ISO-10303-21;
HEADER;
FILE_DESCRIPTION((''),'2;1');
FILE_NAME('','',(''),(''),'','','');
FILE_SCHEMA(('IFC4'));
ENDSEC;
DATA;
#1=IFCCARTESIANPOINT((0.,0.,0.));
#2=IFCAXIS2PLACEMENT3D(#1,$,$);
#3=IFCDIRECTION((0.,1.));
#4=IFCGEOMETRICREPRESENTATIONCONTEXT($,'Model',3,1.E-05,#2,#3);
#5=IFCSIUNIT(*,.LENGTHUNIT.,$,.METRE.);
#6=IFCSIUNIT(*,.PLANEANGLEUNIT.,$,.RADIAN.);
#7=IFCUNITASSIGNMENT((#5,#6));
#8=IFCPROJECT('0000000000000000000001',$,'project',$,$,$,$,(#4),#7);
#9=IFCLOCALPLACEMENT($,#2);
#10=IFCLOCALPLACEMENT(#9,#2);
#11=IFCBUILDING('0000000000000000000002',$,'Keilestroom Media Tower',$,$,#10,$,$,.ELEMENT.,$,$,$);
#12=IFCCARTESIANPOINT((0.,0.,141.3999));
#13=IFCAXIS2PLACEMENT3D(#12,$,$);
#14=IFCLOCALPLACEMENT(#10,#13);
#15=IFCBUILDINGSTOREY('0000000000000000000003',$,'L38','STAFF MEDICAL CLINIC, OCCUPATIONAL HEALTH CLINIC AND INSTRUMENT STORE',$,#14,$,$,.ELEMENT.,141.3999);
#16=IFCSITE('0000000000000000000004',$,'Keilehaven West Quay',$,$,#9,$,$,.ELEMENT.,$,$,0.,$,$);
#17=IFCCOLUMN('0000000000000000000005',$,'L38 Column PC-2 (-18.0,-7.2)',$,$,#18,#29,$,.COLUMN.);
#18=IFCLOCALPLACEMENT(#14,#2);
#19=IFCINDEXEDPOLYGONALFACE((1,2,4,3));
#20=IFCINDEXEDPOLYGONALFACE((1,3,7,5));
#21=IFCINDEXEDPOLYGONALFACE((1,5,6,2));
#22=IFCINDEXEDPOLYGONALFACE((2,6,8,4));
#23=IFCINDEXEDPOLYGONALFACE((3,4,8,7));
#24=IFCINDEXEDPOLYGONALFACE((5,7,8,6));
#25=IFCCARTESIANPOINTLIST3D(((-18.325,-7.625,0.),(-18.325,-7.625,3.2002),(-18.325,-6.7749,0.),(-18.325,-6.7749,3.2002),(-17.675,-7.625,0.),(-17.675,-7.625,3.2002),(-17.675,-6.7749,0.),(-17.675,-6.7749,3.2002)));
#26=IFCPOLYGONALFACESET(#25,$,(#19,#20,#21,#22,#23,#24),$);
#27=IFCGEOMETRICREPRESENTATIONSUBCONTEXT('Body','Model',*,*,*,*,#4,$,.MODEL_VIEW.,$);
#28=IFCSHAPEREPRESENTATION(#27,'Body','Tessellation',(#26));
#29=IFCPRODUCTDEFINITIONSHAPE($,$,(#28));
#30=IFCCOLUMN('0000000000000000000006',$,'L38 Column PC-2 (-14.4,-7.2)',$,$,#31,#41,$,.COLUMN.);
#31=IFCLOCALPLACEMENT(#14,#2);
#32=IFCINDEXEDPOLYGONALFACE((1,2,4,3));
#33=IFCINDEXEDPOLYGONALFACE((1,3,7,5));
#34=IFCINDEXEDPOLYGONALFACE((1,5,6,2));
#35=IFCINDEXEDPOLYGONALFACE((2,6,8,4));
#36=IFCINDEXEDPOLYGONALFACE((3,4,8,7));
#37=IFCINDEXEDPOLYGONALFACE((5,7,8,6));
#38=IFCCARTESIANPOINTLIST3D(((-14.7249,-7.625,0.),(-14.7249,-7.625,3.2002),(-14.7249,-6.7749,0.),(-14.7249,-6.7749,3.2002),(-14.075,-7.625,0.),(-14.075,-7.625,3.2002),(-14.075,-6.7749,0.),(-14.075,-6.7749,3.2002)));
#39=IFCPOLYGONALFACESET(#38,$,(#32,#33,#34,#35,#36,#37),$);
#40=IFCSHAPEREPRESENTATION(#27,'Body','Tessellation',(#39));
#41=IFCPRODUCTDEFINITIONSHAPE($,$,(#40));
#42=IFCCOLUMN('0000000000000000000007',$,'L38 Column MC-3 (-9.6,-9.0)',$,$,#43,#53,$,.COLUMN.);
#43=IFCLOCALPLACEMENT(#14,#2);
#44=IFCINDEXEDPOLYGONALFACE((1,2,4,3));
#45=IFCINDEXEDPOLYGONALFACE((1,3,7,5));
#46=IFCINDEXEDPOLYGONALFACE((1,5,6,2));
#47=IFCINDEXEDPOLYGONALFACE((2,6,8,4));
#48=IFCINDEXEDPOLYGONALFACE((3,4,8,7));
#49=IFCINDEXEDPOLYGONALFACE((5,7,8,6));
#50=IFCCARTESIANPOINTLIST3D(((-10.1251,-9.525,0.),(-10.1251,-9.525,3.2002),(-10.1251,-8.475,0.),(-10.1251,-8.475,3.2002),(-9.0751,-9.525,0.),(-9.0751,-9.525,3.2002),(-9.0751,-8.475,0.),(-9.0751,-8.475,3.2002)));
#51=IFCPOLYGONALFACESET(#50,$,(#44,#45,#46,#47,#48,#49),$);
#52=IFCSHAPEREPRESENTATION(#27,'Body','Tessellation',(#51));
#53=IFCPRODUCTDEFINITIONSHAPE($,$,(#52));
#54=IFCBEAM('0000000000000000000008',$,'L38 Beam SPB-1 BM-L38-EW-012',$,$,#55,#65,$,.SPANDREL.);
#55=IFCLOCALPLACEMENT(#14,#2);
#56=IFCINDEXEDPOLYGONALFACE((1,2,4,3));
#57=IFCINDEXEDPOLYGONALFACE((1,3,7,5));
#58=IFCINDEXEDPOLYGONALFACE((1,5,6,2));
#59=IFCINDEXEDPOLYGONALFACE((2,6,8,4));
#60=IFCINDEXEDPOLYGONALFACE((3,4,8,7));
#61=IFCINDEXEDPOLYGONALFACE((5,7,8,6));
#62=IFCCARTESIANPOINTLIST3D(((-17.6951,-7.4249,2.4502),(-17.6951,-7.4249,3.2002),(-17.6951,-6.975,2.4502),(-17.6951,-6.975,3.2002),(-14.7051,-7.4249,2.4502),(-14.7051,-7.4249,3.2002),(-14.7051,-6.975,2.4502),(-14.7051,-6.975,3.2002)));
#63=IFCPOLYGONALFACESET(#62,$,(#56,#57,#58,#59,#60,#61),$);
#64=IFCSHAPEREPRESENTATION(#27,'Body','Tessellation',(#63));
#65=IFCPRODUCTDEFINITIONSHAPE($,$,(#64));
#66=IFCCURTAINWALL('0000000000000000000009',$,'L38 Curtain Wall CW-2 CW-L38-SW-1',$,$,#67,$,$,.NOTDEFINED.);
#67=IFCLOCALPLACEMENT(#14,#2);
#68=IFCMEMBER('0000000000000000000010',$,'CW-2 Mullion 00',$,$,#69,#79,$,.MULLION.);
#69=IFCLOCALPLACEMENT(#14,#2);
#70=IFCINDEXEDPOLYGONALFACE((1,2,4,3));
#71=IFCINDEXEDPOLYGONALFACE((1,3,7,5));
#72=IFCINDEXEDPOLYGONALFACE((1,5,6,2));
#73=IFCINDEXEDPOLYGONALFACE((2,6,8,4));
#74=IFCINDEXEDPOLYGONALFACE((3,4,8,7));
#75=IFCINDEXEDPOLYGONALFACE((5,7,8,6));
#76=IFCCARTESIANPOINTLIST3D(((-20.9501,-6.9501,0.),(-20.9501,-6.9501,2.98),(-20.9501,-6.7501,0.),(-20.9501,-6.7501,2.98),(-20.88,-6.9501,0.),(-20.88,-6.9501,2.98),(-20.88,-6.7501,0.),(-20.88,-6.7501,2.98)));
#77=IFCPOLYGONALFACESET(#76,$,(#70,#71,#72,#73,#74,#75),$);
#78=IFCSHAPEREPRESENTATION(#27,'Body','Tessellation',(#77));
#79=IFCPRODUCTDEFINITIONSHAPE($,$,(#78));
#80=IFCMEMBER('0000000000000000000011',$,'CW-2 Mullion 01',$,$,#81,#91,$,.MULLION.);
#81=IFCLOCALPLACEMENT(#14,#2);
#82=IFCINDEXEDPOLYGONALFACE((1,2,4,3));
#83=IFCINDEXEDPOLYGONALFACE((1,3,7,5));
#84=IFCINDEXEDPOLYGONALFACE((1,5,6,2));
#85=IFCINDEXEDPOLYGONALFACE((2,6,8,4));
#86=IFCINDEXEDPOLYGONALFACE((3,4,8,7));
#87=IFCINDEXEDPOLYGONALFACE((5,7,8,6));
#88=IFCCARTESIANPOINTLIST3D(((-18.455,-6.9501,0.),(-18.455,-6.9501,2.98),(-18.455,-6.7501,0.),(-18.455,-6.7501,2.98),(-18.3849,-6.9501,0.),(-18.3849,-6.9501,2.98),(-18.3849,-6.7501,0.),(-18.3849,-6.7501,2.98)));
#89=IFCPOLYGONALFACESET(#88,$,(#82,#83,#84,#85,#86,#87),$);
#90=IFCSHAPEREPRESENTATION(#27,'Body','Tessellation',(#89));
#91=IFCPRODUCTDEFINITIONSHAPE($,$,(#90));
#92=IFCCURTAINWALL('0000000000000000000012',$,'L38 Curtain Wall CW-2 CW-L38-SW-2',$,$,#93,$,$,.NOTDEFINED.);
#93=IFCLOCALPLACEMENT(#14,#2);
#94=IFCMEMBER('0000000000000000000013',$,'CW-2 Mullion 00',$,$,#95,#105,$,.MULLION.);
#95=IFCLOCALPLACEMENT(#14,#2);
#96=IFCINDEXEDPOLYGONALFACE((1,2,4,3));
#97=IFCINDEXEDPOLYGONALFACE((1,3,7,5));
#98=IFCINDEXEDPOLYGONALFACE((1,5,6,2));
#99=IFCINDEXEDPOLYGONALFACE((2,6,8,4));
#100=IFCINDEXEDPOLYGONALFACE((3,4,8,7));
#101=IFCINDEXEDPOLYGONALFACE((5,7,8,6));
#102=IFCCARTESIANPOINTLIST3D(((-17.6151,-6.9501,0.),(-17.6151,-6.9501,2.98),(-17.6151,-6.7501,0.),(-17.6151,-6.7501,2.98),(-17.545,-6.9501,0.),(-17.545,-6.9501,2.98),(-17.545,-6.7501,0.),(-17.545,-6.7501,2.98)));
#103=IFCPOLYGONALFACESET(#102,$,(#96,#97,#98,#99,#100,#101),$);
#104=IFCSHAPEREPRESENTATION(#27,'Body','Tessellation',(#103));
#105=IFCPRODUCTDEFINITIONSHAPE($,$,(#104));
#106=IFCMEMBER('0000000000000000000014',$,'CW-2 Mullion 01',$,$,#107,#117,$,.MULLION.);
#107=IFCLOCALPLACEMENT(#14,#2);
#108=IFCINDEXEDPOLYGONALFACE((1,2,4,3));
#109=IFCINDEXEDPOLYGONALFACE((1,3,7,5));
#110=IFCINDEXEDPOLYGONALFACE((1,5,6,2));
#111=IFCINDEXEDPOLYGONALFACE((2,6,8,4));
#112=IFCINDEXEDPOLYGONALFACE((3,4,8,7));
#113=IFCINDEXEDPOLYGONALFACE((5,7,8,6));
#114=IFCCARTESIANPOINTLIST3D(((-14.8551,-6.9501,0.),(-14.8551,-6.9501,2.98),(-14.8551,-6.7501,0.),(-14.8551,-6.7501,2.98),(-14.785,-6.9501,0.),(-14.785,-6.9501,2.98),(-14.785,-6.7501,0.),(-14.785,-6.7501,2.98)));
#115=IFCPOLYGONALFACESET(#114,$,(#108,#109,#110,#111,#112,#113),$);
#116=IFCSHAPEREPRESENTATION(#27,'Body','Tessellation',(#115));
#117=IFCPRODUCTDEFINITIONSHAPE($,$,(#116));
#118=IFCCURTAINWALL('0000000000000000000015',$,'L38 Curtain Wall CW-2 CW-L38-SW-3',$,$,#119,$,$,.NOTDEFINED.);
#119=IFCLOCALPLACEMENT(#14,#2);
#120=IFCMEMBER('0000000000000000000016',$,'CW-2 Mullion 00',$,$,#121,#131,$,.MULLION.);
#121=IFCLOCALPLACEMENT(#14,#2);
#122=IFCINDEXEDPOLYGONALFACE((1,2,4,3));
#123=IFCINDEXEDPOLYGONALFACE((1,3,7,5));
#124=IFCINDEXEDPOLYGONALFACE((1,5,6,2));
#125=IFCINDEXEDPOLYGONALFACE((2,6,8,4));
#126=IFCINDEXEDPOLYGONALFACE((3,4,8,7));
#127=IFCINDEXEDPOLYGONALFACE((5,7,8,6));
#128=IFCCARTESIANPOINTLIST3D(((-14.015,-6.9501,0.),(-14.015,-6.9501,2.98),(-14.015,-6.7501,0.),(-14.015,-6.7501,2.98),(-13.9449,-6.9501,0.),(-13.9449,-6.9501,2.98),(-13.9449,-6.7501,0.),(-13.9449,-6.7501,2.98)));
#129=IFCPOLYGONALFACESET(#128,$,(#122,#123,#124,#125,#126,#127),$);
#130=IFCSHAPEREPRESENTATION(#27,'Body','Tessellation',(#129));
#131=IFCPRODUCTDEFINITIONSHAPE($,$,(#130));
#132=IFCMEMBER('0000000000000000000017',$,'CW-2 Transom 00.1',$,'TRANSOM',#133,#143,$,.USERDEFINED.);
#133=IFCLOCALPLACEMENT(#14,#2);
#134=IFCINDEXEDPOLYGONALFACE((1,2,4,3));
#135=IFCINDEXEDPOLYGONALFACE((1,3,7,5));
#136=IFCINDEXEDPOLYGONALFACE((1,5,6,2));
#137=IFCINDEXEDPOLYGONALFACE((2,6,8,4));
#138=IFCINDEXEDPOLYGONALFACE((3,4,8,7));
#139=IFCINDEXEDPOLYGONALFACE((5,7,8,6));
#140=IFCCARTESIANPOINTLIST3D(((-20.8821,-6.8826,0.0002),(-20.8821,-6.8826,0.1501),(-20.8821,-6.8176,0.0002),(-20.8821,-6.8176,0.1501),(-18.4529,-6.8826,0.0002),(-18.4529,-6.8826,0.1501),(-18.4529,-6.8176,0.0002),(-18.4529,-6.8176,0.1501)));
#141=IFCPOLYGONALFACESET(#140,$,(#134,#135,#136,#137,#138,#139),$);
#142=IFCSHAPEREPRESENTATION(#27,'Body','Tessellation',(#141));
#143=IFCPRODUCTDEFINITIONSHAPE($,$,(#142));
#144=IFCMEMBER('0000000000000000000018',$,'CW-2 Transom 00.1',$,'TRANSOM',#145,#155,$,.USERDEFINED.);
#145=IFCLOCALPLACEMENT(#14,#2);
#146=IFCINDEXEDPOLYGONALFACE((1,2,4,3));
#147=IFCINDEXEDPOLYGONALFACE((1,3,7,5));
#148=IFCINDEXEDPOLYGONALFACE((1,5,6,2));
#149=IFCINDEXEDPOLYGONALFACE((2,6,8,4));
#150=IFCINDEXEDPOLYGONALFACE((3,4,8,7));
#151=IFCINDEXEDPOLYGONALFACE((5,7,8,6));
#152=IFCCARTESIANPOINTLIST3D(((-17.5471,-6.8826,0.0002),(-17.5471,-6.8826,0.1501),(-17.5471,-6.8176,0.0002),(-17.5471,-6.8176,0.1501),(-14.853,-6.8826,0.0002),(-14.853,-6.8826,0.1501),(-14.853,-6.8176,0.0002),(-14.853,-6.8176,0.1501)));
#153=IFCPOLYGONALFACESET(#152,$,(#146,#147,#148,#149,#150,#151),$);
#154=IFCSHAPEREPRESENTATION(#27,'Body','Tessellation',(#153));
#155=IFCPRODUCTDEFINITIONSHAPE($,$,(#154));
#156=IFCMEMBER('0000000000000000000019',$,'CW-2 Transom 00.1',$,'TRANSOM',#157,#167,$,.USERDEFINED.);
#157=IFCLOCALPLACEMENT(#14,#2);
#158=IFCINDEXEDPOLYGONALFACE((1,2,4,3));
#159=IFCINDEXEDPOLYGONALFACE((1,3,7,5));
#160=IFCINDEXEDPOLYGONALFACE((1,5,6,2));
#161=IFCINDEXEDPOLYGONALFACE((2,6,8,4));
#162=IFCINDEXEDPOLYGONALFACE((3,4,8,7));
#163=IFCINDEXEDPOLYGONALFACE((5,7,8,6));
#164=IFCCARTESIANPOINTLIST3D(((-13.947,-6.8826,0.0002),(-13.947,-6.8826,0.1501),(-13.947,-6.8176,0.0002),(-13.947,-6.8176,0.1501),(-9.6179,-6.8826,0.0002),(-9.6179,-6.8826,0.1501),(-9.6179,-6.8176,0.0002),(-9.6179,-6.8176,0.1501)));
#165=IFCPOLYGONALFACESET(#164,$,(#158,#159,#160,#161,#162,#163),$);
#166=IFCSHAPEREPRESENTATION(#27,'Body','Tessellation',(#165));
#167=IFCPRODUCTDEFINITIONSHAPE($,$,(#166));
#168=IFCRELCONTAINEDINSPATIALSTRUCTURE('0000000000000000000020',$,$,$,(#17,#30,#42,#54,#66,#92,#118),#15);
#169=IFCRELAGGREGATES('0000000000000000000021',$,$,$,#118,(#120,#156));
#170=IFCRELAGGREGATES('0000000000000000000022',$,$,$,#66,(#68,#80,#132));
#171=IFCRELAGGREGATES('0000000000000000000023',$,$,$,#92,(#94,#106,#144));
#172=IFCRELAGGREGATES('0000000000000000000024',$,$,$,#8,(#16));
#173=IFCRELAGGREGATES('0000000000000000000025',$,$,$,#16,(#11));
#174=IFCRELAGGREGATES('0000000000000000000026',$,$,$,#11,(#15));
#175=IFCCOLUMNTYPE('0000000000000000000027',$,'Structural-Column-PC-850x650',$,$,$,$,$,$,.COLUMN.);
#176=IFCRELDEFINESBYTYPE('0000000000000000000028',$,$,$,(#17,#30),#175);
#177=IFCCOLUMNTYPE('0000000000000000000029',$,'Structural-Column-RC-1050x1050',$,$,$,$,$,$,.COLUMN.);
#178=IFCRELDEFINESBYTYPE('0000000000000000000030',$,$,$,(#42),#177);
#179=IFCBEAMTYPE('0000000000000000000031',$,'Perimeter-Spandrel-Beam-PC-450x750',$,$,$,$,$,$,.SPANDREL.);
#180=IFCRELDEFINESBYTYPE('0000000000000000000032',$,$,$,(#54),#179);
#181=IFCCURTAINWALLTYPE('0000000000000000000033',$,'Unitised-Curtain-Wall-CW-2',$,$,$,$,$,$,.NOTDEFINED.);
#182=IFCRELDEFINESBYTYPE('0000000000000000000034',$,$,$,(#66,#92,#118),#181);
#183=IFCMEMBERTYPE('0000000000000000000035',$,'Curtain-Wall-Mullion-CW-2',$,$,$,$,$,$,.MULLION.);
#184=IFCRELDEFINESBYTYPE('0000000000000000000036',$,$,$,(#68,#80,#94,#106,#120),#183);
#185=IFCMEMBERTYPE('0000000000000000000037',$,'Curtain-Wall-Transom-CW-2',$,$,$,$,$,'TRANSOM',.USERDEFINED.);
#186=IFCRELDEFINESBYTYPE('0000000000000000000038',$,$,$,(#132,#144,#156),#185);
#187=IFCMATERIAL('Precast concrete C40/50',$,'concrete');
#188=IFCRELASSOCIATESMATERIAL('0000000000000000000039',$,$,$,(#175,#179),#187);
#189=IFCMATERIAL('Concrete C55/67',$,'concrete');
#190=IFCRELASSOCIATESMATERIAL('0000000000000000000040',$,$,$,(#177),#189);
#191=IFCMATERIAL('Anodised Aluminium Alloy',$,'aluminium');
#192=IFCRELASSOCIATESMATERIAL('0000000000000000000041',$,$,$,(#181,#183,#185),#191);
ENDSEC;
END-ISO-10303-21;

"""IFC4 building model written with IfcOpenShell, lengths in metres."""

from ifc_helpers import new_model, si_unit, direction, frame, origin, origin_2d, place, context, subcontext, project, spatial, rectangle, extrude, source, transform, mapped, material, material_profile, profile_set, type_object, element, aggregate, save


model = new_model("IFC4")

# Units and contexts
model_context = context("Model", 3, precision=1e-05, world=origin(), true_north=direction((0.0, 1.0)))
body_context = subcontext(model_context, "Body", "Model", "MODEL_VIEW")
ifc_project = project(units=[si_unit("LENGTHUNIT", "METRE"), si_unit("PLANEANGLEUNIT", "RADIAN")], contexts=[model_context])

# Site, building, storey
site_placement = place(None, origin())
site = spatial("IfcSite", under=ifc_project, at=site_placement, Name="Keilehaven West Quay", CompositionType="ELEMENT", RefElevation=0.0)
building_placement = place(site_placement, origin())
building = spatial("IfcBuilding", under=site, at=building_placement, Name="Keilestroom Media Tower", CompositionType="ELEMENT")
storey_placement = place(building_placement, frame((0.0, 0.0, 141.3999)))
storey = spatial("IfcBuildingStorey", under=building, at=storey_placement, Name="L38", Description="STAFF MEDICAL CLINIC, OCCUPATIONAL HEALTH CLINIC AND INSTRUMENT STORE", CompositionType="ELEMENT", Elevation=141.3999)

# Columns
ifc_material_1 = material(Name="Precast concrete C40/50", Category="concrete")
ifc_material_profile_1 = material_profile(ifc_material_1, rectangle(XDim=0.6499, YDim=0.8501, at=origin_2d()), Name="PC 850x650")
ifc_profile_set_1 = profile_set([ifc_material_profile_1], Name="Precast concrete C40/50")
column_type_1 = type_object("IfcColumnType", Name="Structural-Column-PC-850x650", PredefinedType="COLUMN", material=ifc_profile_set_1)
shared_shape_1 = source(origin(), body_context, "Body", "SweptSolid", [
    extrude(rectangle(XDim=0.6499, YDim=0.8501, at=origin_2d()), origin(), (0.0, 0.0, 1.0), 3.2002),
])
for number, where, z_axis, x_axis, name in (
    (1, (-18.0, -7.2, 0.0), (0.0, 0.0, 1.0), (1.0, 0.0, 0.0), "L38 Column PC-2 (-18.0,-7.2)"),
    (2, (-14.3999, -7.2, 0.0), (0.0, 0.0, 1.0), (1.0, 0.0, 0.0), "L38 Column PC-2 (-14.4,-7.2)"),
):
    element("IfcColumn", number, at=place(storey_placement, frame(where, z_axis=z_axis, x_axis=x_axis)), inside=storey, type_object=column_type_1, Name=name, PredefinedType="COLUMN", context=body_context, shape_type="MappedRepresentation", body=[
        mapped(shared_shape_1, transform((0.0, 0.0, 0.0), x_axis=(1.0, 0.0, 0.0), y_axis=(0.0, 1.0, 0.0), z_axis=(0.0, 0.0, 1.0), scale=1.0)),
    ])
ifc_material_2 = material(Name="Concrete C55/67", Category="concrete")
ifc_material_profile_2 = material_profile(ifc_material_2, rectangle(XDim=1.05, YDim=1.05, at=origin_2d()), Name="RC 1050x1050")
ifc_profile_set_2 = profile_set([ifc_material_profile_2], Name="Concrete C55/67")
column_type_2 = type_object("IfcColumnType", Name="Structural-Column-RC-1050x1050", PredefinedType="COLUMN", material=ifc_profile_set_2)
shared_shape_2 = source(origin(), body_context, "Body", "SweptSolid", [
    extrude(rectangle(XDim=1.05, YDim=1.05, at=origin_2d()), origin(), (0.0, 0.0, 1.0), 3.2002),
])
column_placement = place(storey_placement, frame((-9.6001, -9.0, 0.0), z_axis=(0.0, 0.0, 1.0), x_axis=(1.0, 0.0, 0.0)))
element("IfcColumn", 3, at=column_placement, inside=storey, type_object=column_type_2, Name="L38 Column MC-3 (-9.6,-9.0)", PredefinedType="COLUMN", context=body_context, shape_type="MappedRepresentation", body=[
    mapped(shared_shape_2, transform((0.0, 0.0, 0.0), x_axis=(1.0, 0.0, 0.0), y_axis=(0.0, 1.0, 0.0), z_axis=(0.0, 0.0, 1.0), scale=1.0)),
])

# Beam
ifc_material_profile_3 = material_profile(ifc_material_1, rectangle(XDim=0.45, YDim=0.75, at=origin_2d()), Name="PC 450x750")
ifc_profile_set_3 = profile_set([ifc_material_profile_3], Name="Precast concrete C40/50")
beam_type = type_object("IfcBeamType", Name="Perimeter-Spandrel-Beam-PC-450x750", PredefinedType="SPANDREL", material=ifc_profile_set_3)
shared_shape_3 = source(origin(), body_context, "Body", "SweptSolid", [
    extrude(rectangle(XDim=0.45, YDim=0.75, at=origin_2d()), origin(), (0.0, 0.0, 1.0), 2.99),
])
beam_placement = place(storey_placement, frame((-17.6951, -7.2, 2.8252), z_axis=(1.0, 0.0, 0.0), x_axis=(0.0, 1.0, 0.0)))
element("IfcBeam", 4, at=beam_placement, inside=storey, type_object=beam_type, Name="L38 Beam SPB-1 BM-L38-EW-012", PredefinedType="SPANDREL", context=body_context, shape_type="MappedRepresentation", body=[
    mapped(shared_shape_3, transform((0.0, 0.0, 0.0), x_axis=(1.0, 0.0, 0.0), y_axis=(0.0, 1.0, 0.0), z_axis=(0.0, 0.0, 1.0), scale=1.0)),
])

# Curtain walls, members
ifc_material_3 = material(Name="Anodised Aluminium Alloy", Category="aluminium")
curtain_wall_type = type_object("IfcCurtainWallType", Name="Unitised-Curtain-Wall-CW-2", PredefinedType="NOTDEFINED", material=ifc_material_3)
curtain_wall_1_placement = place(storey_placement, origin())
curtain_wall_1 = element("IfcCurtainWall", 5, at=curtain_wall_1_placement, inside=storey, type_object=curtain_wall_type, Name="L38 Curtain Wall CW-2 CW-L38-SW-1", PredefinedType="NOTDEFINED")
ifc_material_profile_4 = material_profile(ifc_material_3, rectangle(XDim=0.0701, YDim=0.2, at=origin_2d()), Name="ALU MULLION 70x200")
ifc_profile_set_4 = profile_set([ifc_material_profile_4], Name="Anodised Aluminium Alloy")
member_type_1 = type_object("IfcMemberType", Name="Curtain-Wall-Mullion-CW-2", PredefinedType="MULLION", material=ifc_profile_set_4)
shared_shape_4 = source(origin(), body_context, "Body", "SweptSolid", [
    extrude(rectangle(XDim=0.0701, YDim=0.2, at=origin_2d()), origin(), (0.0, 0.0, 1.0), 2.98),
])
member_1_placement = place(storey_placement, frame((-20.915, -6.8501, 0.0), z_axis=(0.0, 0.0, 1.0), x_axis=(1.0, 0.0, 0.0)))
member_1 = element("IfcMember", 6, at=member_1_placement, type_object=member_type_1, Name="CW-2 Mullion 00", PredefinedType="MULLION", context=body_context, shape_type="MappedRepresentation", body=[
    mapped(shared_shape_4, transform((0.0, 0.0, 0.0), x_axis=(1.0, 0.0, 0.0), y_axis=(0.0, 1.0, 0.0), z_axis=(0.0, 0.0, 1.0), scale=1.0)),
])
member_2_placement = place(storey_placement, frame((-18.4199, -6.8501, 0.0), z_axis=(0.0, 0.0, 1.0), x_axis=(1.0, 0.0, 0.0)))
member_2 = element("IfcMember", 7, at=member_2_placement, type_object=member_type_1, Name="CW-2 Mullion 01", PredefinedType="MULLION", context=body_context, shape_type="MappedRepresentation", body=[
    mapped(shared_shape_4, transform((0.0, 0.0, 0.0), x_axis=(1.0, 0.0, 0.0), y_axis=(0.0, 1.0, 0.0), z_axis=(0.0, 0.0, 1.0), scale=1.0)),
])
curtain_wall_2_placement = place(storey_placement, origin())
curtain_wall_2 = element("IfcCurtainWall", 8, at=curtain_wall_2_placement, inside=storey, type_object=curtain_wall_type, Name="L38 Curtain Wall CW-2 CW-L38-SW-2", PredefinedType="NOTDEFINED")
member_3_placement = place(storey_placement, frame((-17.5801, -6.8501, 0.0), z_axis=(0.0, 0.0, 1.0), x_axis=(1.0, 0.0, 0.0)))
member_3 = element("IfcMember", 9, at=member_3_placement, type_object=member_type_1, Name="CW-2 Mullion 00", PredefinedType="MULLION", context=body_context, shape_type="MappedRepresentation", body=[
    mapped(shared_shape_4, transform((0.0, 0.0, 0.0), x_axis=(1.0, 0.0, 0.0), y_axis=(0.0, 1.0, 0.0), z_axis=(0.0, 0.0, 1.0), scale=1.0)),
])
member_4_placement = place(storey_placement, frame((-14.8201, -6.8501, 0.0), z_axis=(0.0, 0.0, 1.0), x_axis=(1.0, 0.0, 0.0)))
member_4 = element("IfcMember", 10, at=member_4_placement, type_object=member_type_1, Name="CW-2 Mullion 01", PredefinedType="MULLION", context=body_context, shape_type="MappedRepresentation", body=[
    mapped(shared_shape_4, transform((0.0, 0.0, 0.0), x_axis=(1.0, 0.0, 0.0), y_axis=(0.0, 1.0, 0.0), z_axis=(0.0, 0.0, 1.0), scale=1.0)),
])

# Curtain wall, member
curtain_wall_3_placement = place(storey_placement, origin())
curtain_wall_3 = element("IfcCurtainWall", 11, at=curtain_wall_3_placement, inside=storey, type_object=curtain_wall_type, Name="L38 Curtain Wall CW-2 CW-L38-SW-3", PredefinedType="NOTDEFINED")
member_5_placement = place(storey_placement, frame((-13.98, -6.8501, 0.0), z_axis=(0.0, 0.0, 1.0), x_axis=(1.0, 0.0, 0.0)))
member_5 = element("IfcMember", 12, at=member_5_placement, type_object=member_type_1, Name="CW-2 Mullion 00", PredefinedType="MULLION", context=body_context, shape_type="MappedRepresentation", body=[
    mapped(shared_shape_4, transform((0.0, 0.0, 0.0), x_axis=(1.0, 0.0, 0.0), y_axis=(0.0, 1.0, 0.0), z_axis=(0.0, 0.0, 1.0), scale=1.0)),
])

# Members
ifc_material_profile_5 = material_profile(ifc_material_3, rectangle(XDim=0.0649, YDim=0.1499, at=origin_2d()), Name="ALU TRANSOM 65x150")
ifc_profile_set_5 = profile_set([ifc_material_profile_5], Name="Anodised Aluminium Alloy")
member_type_2 = type_object("IfcMemberType", Name="Curtain-Wall-Transom-CW-2", ElementType="TRANSOM", PredefinedType="USERDEFINED", material=ifc_profile_set_5)
shared_shape_5 = source(origin(), body_context, "Body", "SweptSolid", [
    extrude(rectangle(XDim=0.0649, YDim=0.1499, at=origin_2d()), origin(), (0.0, 0.0, 1.0), 2.4292),
])
member_6_placement = place(storey_placement, frame((-20.8821, -6.8501, 0.0752), z_axis=(1.0, 0.0, 0.0), x_axis=(0.0, 1.0, 0.0)))
member_6 = element("IfcMember", 13, at=member_6_placement, type_object=member_type_2, Name="CW-2 Transom 00.1", ObjectType="TRANSOM", PredefinedType="USERDEFINED", context=body_context, shape_type="MappedRepresentation", body=[
    mapped(shared_shape_5, transform((0.0, 0.0, 0.0), x_axis=(1.0, 0.0, 0.0), y_axis=(0.0, 1.0, 0.0), z_axis=(0.0, 0.0, 1.0), scale=1.0)),
])
shared_shape_6 = source(origin(), body_context, "Body", "SweptSolid", [
    extrude(rectangle(XDim=0.0649, YDim=0.1499, at=origin_2d()), origin(), (0.0, 0.0, 1.0), 2.6941),
])
member_7_placement = place(storey_placement, frame((-17.5471, -6.8501, 0.0752), z_axis=(1.0, 0.0, 0.0), x_axis=(0.0, 1.0, 0.0)))
member_7 = element("IfcMember", 14, at=member_7_placement, type_object=member_type_2, Name="CW-2 Transom 00.1", ObjectType="TRANSOM", PredefinedType="USERDEFINED", context=body_context, shape_type="MappedRepresentation", body=[
    mapped(shared_shape_6, transform((0.0, 0.0, 0.0), x_axis=(1.0, 0.0, 0.0), y_axis=(0.0, 1.0, 0.0), z_axis=(0.0, 0.0, 1.0), scale=1.0)),
])
shared_shape_7 = source(origin(), body_context, "Body", "SweptSolid", [
    extrude(rectangle(XDim=0.0649, YDim=0.1499, at=origin_2d()), origin(), (0.0, 0.0, 1.0), 4.3291),
])
member_8_placement = place(storey_placement, frame((-13.947, -6.8501, 0.0752), z_axis=(1.0, 0.0, 0.0), x_axis=(0.0, 1.0, 0.0)))
member_8 = element("IfcMember", 15, at=member_8_placement, type_object=member_type_2, Name="CW-2 Transom 00.1", ObjectType="TRANSOM", PredefinedType="USERDEFINED", context=body_context, shape_type="MappedRepresentation", body=[
    mapped(shared_shape_7, transform((0.0, 0.0, 0.0), x_axis=(1.0, 0.0, 0.0), y_axis=(0.0, 1.0, 0.0), z_axis=(0.0, 0.0, 1.0), scale=1.0)),
])
aggregate(curtain_wall_3, [member_5, member_8])

aggregate(curtain_wall_1, [member_1, member_2, member_6])
aggregate(curtain_wall_2, [member_3, member_4, member_7])

save(model, "model.ifc")
